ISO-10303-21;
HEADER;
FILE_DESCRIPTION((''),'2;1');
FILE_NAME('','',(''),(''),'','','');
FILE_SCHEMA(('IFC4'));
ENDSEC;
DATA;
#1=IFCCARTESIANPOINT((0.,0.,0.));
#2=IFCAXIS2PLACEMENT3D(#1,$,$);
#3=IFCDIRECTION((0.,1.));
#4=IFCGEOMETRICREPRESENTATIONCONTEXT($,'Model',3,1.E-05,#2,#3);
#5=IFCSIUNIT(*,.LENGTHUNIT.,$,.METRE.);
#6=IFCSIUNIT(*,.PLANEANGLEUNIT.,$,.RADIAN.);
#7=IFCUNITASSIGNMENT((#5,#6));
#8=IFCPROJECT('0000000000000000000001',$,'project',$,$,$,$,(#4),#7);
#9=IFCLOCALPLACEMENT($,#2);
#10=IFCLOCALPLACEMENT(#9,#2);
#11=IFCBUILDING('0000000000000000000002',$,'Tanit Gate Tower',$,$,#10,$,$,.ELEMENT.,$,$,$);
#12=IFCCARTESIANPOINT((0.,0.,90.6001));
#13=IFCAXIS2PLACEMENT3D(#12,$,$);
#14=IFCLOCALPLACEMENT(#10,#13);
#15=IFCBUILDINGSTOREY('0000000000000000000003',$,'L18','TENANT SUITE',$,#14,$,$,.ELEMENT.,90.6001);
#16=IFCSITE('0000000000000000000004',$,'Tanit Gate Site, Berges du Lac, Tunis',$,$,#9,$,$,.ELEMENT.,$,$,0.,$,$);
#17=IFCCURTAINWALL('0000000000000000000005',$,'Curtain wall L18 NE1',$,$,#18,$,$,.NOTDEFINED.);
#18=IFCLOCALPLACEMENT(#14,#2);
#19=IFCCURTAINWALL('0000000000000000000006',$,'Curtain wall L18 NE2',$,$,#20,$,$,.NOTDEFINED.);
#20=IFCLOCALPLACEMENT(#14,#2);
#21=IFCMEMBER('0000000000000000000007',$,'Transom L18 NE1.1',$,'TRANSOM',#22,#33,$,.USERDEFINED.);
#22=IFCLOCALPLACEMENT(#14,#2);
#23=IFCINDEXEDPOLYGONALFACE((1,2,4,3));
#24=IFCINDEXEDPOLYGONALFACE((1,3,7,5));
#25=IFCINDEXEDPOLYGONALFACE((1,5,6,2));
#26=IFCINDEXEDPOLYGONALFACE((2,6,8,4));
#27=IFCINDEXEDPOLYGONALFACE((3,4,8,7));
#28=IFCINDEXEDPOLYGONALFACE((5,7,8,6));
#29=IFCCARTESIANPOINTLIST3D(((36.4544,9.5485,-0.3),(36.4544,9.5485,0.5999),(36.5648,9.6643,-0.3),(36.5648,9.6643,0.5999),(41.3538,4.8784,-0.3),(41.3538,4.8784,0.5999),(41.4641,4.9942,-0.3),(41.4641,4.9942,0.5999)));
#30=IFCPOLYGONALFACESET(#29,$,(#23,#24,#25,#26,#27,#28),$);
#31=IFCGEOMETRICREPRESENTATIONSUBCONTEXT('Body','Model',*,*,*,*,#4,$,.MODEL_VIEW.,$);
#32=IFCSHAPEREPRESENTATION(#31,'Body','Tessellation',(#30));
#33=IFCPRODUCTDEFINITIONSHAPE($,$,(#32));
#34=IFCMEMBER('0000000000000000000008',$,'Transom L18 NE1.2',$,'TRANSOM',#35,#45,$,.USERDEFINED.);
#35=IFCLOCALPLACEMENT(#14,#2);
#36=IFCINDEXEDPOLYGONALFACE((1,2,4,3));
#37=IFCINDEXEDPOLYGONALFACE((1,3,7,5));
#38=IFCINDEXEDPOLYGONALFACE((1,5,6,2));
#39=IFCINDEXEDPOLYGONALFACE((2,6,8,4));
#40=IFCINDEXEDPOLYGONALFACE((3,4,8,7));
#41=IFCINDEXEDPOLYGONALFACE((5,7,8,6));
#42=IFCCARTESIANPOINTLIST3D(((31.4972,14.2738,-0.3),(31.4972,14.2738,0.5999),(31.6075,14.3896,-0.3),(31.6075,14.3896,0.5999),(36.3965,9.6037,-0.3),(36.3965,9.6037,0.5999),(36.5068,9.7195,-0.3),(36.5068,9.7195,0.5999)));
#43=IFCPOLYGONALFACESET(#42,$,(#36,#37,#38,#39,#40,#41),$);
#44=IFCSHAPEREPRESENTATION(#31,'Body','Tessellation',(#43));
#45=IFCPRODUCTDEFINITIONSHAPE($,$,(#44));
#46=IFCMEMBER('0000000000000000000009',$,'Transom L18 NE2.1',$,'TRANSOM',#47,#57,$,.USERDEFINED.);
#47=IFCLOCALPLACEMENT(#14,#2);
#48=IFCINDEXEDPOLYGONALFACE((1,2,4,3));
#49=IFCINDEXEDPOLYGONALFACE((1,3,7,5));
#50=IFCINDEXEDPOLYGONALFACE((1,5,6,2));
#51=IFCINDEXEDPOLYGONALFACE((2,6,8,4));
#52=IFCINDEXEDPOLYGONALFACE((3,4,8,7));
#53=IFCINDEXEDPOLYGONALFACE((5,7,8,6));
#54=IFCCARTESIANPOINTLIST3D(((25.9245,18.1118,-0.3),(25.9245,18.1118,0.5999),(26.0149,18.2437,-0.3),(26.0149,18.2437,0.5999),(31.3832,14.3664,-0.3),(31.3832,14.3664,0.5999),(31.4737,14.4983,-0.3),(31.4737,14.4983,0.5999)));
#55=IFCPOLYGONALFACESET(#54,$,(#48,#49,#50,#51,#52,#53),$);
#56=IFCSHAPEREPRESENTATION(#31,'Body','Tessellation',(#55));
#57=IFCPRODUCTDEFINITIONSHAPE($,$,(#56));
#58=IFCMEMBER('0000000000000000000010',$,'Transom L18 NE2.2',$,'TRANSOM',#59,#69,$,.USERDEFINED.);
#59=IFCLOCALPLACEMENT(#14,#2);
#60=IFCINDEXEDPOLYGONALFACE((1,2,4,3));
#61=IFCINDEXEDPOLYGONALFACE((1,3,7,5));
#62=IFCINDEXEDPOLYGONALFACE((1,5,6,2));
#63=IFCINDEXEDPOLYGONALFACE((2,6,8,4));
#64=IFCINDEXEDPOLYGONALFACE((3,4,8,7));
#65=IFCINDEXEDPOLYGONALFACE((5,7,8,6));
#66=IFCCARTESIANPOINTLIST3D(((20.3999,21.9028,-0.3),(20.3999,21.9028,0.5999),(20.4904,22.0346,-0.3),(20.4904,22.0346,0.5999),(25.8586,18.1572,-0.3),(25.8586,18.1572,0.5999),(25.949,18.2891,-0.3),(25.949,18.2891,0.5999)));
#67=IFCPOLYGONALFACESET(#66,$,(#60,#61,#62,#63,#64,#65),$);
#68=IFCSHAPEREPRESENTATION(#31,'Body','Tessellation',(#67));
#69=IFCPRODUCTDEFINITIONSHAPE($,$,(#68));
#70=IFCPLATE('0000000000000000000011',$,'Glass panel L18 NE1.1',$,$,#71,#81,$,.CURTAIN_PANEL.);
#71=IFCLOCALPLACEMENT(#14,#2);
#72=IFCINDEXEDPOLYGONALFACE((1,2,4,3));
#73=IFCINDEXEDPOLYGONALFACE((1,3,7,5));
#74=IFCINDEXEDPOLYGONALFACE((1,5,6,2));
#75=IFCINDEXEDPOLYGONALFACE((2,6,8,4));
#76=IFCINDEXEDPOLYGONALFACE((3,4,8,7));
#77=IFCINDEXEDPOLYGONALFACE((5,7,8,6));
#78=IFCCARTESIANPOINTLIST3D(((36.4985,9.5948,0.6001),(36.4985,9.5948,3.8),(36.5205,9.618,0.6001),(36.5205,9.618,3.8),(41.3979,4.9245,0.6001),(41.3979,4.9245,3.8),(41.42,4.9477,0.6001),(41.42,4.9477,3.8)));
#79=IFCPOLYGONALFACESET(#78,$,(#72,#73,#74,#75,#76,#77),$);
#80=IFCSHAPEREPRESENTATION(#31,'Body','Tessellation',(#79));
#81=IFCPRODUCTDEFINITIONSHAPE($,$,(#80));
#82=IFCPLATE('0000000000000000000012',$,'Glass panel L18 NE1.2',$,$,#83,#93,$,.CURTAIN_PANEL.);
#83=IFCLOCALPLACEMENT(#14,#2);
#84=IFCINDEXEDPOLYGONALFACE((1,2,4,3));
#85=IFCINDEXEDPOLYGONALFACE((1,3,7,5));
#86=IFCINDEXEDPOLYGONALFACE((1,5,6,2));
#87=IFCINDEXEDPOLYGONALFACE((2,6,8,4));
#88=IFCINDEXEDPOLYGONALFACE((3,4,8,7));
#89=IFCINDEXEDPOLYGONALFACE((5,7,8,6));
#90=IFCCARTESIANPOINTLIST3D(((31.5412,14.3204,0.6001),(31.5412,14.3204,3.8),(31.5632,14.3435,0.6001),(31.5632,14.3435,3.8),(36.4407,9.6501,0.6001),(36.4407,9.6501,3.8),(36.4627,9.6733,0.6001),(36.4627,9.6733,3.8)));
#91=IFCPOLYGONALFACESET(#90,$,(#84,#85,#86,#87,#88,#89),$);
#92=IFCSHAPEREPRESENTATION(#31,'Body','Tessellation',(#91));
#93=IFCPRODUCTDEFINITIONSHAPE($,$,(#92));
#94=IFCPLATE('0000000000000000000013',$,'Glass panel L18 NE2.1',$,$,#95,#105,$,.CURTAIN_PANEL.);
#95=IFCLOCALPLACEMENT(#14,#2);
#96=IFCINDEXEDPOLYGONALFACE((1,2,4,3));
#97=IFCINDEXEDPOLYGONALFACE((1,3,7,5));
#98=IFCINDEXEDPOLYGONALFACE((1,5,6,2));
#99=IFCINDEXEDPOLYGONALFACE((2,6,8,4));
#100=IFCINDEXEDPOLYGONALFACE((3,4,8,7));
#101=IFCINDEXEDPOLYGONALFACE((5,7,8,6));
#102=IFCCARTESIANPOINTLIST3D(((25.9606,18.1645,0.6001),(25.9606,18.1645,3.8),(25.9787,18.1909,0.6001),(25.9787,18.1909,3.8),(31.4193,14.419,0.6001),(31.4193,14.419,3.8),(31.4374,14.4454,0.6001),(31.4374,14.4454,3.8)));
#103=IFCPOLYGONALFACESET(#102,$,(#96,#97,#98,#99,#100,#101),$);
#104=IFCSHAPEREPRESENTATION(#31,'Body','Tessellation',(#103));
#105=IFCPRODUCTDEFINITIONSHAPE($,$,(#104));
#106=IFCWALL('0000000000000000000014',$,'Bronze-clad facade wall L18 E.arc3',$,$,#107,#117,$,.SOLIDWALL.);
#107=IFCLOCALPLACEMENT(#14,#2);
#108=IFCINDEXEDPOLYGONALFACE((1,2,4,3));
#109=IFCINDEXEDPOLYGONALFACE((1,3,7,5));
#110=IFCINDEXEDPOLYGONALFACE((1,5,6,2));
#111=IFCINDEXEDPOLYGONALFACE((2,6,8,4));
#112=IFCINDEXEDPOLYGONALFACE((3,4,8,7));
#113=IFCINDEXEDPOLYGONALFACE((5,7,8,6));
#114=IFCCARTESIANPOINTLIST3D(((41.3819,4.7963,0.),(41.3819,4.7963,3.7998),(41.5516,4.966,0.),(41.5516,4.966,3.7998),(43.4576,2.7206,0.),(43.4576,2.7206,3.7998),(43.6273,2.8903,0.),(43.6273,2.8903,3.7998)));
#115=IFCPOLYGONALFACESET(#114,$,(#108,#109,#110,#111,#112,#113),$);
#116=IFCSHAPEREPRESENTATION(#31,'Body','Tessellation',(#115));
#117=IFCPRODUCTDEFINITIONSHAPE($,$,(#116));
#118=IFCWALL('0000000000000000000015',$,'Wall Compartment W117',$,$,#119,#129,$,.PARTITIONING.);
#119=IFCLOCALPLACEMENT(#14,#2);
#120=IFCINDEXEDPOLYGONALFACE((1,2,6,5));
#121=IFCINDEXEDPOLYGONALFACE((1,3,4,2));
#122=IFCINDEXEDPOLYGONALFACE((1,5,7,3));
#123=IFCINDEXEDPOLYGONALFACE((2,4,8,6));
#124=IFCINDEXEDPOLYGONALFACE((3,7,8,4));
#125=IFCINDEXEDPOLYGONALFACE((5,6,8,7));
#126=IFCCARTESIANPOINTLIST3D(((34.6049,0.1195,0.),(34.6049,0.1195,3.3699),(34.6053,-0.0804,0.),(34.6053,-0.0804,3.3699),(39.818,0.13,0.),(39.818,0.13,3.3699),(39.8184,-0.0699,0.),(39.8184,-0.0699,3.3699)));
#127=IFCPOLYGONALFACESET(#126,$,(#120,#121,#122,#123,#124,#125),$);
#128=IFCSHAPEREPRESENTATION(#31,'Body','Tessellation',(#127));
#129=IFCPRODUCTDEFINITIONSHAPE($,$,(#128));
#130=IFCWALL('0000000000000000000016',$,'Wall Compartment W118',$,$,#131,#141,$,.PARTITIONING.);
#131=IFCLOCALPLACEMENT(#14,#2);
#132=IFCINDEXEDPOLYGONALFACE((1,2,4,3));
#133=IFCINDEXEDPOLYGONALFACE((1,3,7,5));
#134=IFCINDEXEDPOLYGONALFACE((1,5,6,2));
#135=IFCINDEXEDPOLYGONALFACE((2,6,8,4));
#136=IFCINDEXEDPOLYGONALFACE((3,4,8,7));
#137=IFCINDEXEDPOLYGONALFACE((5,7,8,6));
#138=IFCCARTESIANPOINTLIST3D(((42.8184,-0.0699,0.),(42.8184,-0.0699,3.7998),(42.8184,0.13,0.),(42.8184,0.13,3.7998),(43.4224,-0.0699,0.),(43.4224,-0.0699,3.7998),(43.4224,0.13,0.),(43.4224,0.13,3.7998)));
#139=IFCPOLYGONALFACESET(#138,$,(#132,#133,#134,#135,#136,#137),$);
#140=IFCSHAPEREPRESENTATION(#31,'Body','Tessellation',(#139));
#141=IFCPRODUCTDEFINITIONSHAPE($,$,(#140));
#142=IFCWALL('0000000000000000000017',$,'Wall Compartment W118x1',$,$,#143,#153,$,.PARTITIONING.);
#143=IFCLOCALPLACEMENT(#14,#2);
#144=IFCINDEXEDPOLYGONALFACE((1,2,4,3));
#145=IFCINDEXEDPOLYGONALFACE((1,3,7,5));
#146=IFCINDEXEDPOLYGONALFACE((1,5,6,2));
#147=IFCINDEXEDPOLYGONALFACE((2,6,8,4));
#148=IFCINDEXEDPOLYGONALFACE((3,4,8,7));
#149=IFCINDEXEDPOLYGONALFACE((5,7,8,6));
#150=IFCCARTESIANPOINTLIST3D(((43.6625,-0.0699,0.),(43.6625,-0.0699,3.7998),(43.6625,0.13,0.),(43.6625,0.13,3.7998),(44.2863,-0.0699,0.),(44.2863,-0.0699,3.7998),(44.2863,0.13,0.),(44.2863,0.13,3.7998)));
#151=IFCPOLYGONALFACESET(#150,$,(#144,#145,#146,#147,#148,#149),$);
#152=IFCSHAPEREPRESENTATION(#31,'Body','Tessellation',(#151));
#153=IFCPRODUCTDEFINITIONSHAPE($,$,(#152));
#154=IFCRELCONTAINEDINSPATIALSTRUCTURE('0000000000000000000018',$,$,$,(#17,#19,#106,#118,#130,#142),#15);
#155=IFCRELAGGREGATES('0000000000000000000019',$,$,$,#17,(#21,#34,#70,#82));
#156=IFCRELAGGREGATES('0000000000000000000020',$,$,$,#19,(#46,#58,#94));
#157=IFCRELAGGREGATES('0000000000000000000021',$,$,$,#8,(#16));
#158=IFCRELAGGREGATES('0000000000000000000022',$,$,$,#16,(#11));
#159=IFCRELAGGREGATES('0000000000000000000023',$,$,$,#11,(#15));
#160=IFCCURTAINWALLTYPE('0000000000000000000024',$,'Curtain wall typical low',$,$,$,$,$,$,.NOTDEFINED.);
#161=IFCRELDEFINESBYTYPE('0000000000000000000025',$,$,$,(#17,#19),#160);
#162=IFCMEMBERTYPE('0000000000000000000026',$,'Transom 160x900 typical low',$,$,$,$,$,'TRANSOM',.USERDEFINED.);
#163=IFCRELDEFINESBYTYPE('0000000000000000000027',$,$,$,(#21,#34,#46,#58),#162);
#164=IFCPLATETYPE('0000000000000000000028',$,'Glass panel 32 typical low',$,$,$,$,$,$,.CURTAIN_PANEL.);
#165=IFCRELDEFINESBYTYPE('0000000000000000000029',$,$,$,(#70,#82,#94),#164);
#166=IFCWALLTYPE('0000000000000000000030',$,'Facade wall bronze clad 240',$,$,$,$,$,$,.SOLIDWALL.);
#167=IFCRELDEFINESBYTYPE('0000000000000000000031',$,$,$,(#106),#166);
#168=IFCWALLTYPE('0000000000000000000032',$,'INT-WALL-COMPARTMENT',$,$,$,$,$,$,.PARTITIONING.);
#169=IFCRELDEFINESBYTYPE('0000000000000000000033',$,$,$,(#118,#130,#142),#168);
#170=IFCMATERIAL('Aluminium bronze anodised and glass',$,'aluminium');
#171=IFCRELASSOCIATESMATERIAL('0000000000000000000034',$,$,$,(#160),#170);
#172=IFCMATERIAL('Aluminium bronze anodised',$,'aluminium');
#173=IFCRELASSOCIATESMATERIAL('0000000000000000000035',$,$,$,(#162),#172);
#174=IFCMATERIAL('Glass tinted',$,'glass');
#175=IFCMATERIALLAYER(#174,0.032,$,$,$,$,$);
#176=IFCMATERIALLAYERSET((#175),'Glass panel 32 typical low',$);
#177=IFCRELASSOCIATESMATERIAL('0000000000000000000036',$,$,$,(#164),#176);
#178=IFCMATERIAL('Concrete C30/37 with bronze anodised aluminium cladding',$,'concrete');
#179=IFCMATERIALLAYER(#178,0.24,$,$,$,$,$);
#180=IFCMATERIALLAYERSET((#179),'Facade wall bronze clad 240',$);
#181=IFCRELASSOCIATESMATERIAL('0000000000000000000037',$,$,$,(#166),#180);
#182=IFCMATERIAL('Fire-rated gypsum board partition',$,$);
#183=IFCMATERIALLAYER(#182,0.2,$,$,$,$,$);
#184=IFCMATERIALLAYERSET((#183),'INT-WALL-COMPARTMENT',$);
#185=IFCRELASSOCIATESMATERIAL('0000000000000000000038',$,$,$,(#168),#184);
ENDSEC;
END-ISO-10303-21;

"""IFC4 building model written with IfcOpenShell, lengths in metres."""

from ifc_helpers import new_model, si_unit, direction, frame, frame_2d, origin, origin_2d, place, context, subcontext, project, spatial, rectangle, extrude, material, layer, layer_set, material_profile, profile_set, type_object, element, aggregate, save


model = new_model("IFC4")

# Units and contexts
model_context = context("Model", 3, precision=1e-05, world=origin(), true_north=direction((0.0, 1.0)))
body_context = subcontext(model_context, "Body", "Model", "MODEL_VIEW")
ifc_project = project(units=[si_unit("LENGTHUNIT", "METRE"), si_unit("PLANEANGLEUNIT", "RADIAN")], contexts=[model_context])

# Site, building, storey
site_placement = place(None, origin())
site = spatial("IfcSite", under=ifc_project, at=site_placement, Name="Tanit Gate Site, Berges du Lac, Tunis", CompositionType="ELEMENT", RefElevation=0.0)
building_placement = place(site_placement, origin())
building = spatial("IfcBuilding", under=site, at=building_placement, Name="Tanit Gate Tower", CompositionType="ELEMENT")
storey_placement = place(building_placement, frame((0.0, 0.0, 90.6001)))
storey = spatial("IfcBuildingStorey", under=building, at=storey_placement, Name="L18", Description="TENANT SUITE", CompositionType="ELEMENT", Elevation=90.6001)

# Curtain wall
ifc_material_1 = material(Name="Aluminium bronze anodised and glass", Category="aluminium")
curtain_wall_type = type_object("IfcCurtainWallType", Name="Curtain wall typical low", PredefinedType="NOTDEFINED", material=ifc_material_1)
curtain_wall_1_placement = place(storey_placement, origin())
curtain_wall_1 = element("IfcCurtainWall", 1, at=curtain_wall_1_placement, inside=storey, type_object=curtain_wall_type, Name="Curtain wall L18 NE1", PredefinedType="NOTDEFINED")

# Curtain wall
curtain_wall_2_placement = place(storey_placement, origin())
curtain_wall_2 = element("IfcCurtainWall", 2, at=curtain_wall_2_placement, inside=storey, type_object=curtain_wall_type, Name="Curtain wall L18 NE2", PredefinedType="NOTDEFINED")

# Members
ifc_material_2 = material(Name="Aluminium bronze anodised", Category="aluminium")
ifc_material_profile_1 = material_profile(ifc_material_2, rectangle(XDim=0.1599, YDim=0.8999, at=origin_2d()), Name="160x900 bronze transom")
ifc_profile_set_1 = profile_set([ifc_material_profile_1], Name="Aluminium bronze anodised")
member_type_1 = type_object("IfcMemberType", Name="Transom 160x900 typical low", ElementType="TRANSOM", PredefinedType="USERDEFINED", material=ifc_profile_set_1)
member_1_placement = place(storey_placement, frame((41.4089, 4.9363, 0.1499), z_axis=(-0.723839, 0.689969, 0.0), x_axis=(-0.689969, -0.723839, 0.0)))
member_1 = element("IfcMember", 3, at=member_1_placement, type_object=member_type_1, Name="Transom L18 NE1.1", ObjectType="TRANSOM", PredefinedType="USERDEFINED", context=body_context, shape_type="SweptSolid", body=[
    extrude(rectangle(XDim=0.1599, YDim=0.8999, at=origin_2d()), origin(), (0.0, 0.0, 1.0), 6.7686),
])
member_2_placement = place(storey_placement, frame((36.4517, 9.6616, 0.1499), z_axis=(-0.723839, 0.689969, 0.0), x_axis=(-0.689969, -0.723839, 0.0)))
member_2 = element("IfcMember", 4, at=member_2_placement, type_object=member_type_1, Name="Transom L18 NE1.2", ObjectType="TRANSOM", PredefinedType="USERDEFINED", context=body_context, shape_type="SweptSolid", body=[
    extrude(rectangle(XDim=0.1599, YDim=0.8999, at=origin_2d()), origin(), (0.0, 0.0, 1.0), 6.7686),
])
member_3_placement = place(storey_placement, frame((31.4285, 14.4324, 0.1499), z_axis=(-0.824572, 0.565757, 0.0), x_axis=(-0.565757, -0.824572, 0.0)))
member_3 = element("IfcMember", 5, at=member_3_placement, type_object=member_type_1, Name="Transom L18 NE2.1", ObjectType="TRANSOM", PredefinedType="USERDEFINED", context=body_context, shape_type="SweptSolid", body=[
    extrude(rectangle(XDim=0.1599, YDim=0.8999, at=origin_2d()), origin(), (0.0, 0.0, 1.0), 6.6201),
])
member_4_placement = place(storey_placement, frame((25.9038, 18.2231, 0.1499), z_axis=(-0.824555, 0.565782, 0.0), x_axis=(-0.565782, -0.824555, 0.0)))
member_4 = element("IfcMember", 6, at=member_4_placement, type_object=member_type_1, Name="Transom L18 NE2.2", ObjectType="TRANSOM", PredefinedType="USERDEFINED", context=body_context, shape_type="SweptSolid", body=[
    extrude(rectangle(XDim=0.1599, YDim=0.8999, at=origin_2d()), origin(), (0.0, 0.0, 1.0), 6.6201),
])

# Plates
ifc_material_3 = material(Name="Glass tinted", Category="glass")
ifc_layer_1 = layer(ifc_material_3, 0.032)
ifc_layer_set_1 = layer_set([ifc_layer_1], Name="Glass panel 32 typical low")
plate_type = type_object("IfcPlateType", Name="Glass panel 32 typical low", PredefinedType="CURTAIN_PANEL", material=ifc_layer_set_1)
plate_1_placement = place(storey_placement, frame((38.9592, 7.2712, 0.6001), z_axis=(0.0, 0.0, 1.0), x_axis=(-0.723834, 0.689974, 0.0)))
plate_1 = element("IfcPlate", 7, at=plate_1_placement, type_object=plate_type, Name="Glass panel L18 NE1.1", PredefinedType="CURTAIN_PANEL", context=body_context, shape_type="SweptSolid", body=[
    extrude(rectangle(XDim=6.7688, YDim=0.032, at=origin_2d()), origin(), (0.0, 0.0, 1.0), 3.2),
])
plate_2_placement = place(storey_placement, frame((34.002, 11.9968, 0.6001), z_axis=(0.0, 0.0, 1.0), x_axis=(-0.723834, 0.689974, 0.0)))
plate_2 = element("IfcPlate", 8, at=plate_2_placement, type_object=plate_type, Name="Glass panel L18 NE1.2", PredefinedType="CURTAIN_PANEL", context=body_context, shape_type="SweptSolid", body=[
    extrude(rectangle(XDim=6.7688, YDim=0.032, at=origin_2d()), origin(), (0.0, 0.0, 1.0), 3.2),
])
aggregate(curtain_wall_1, [member_1, member_2, plate_1, plate_2])
plate_3_placement = place(storey_placement, frame((28.699, 16.3049, 0.6001), z_axis=(0.0, 0.0, 1.0), x_axis=(-0.824557, 0.56578, 0.0)))
plate_3 = element("IfcPlate", 9, at=plate_3_placement, type_object=plate_type, Name="Glass panel L18 NE2.1", PredefinedType="CURTAIN_PANEL", context=body_context, shape_type="SweptSolid", body=[
    extrude(rectangle(XDim=6.6201, YDim=0.032, at=origin_2d()), origin(), (0.0, 0.0, 1.0), 3.2),
])
aggregate(curtain_wall_2, [member_3, member_4, plate_3])

# Walls
ifc_material_4 = material(Name="Concrete C30/37 with bronze anodised aluminium cladding", Category="concrete")
ifc_layer_2 = layer(ifc_material_4, 0.24)
ifc_layer_set_2 = layer_set([ifc_layer_2], Name="Facade wall bronze clad 240")
wall_type_1 = type_object("IfcWallType", Name="Facade wall bronze clad 240", PredefinedType="SOLIDWALL", material=ifc_layer_set_2)
wall_1_placement = place(storey_placement, frame((43.5425, 2.8054, 0.0), z_axis=(0.0, 0.0, 1.0), x_axis=(-0.707107, 0.707107, 0.0)))
element("IfcWall", 10, at=wall_1_placement, inside=storey, type_object=wall_type_1, Name="Bronze-clad facade wall L18 E.arc3", PredefinedType="SOLIDWALL", context=body_context, shape_type="SweptSolid", body=[
    extrude(rectangle(XDim=2.9355, YDim=0.24, at=frame_2d((1.4678, 0.0))), origin(), (0.0, 0.0, 1.0), 3.7998),
])
ifc_material_5 = material(Name="Fire-rated gypsum board partition")
ifc_layer_3 = layer(ifc_material_5, 0.2)
ifc_layer_set_3 = layer_set([ifc_layer_3], Name="INT-WALL-COMPARTMENT")
wall_type_2 = type_object("IfcWallType", Name="INT-WALL-COMPARTMENT", PredefinedType="PARTITIONING", material=ifc_layer_set_3)
wall_2_placement = place(storey_placement, frame((34.6052, 0.0195, 0.0), z_axis=(0.0, 0.0, 1.0), x_axis=(0.999998, 0.002014, 0.0)))
element("IfcWall", 11, at=wall_2_placement, inside=storey, type_object=wall_type_2, Name="Wall Compartment W117", PredefinedType="PARTITIONING", context=body_context, shape_type="SweptSolid", body=[
    extrude(rectangle(XDim=5.2131, YDim=0.2, at=frame_2d((2.6064, 0.0))), origin(), (0.0, 0.0, 1.0), 3.3699),
])
wall_3_placement = place(storey_placement, frame((42.8184, 0.03, 0.0), z_axis=(0.0, 0.0, 1.0), x_axis=(1.0, 0.0, 0.0)))
element("IfcWall", 12, at=wall_3_placement, inside=storey, type_object=wall_type_2, Name="Wall Compartment W118", PredefinedType="PARTITIONING", context=body_context, shape_type="SweptSolid", body=[
    extrude(rectangle(XDim=0.604, YDim=0.2, at=frame_2d((0.302, 0.0))), origin(), (0.0, 0.0, 1.0), 3.7998),
])
wall_4_placement = place(storey_placement, frame((43.6624, 0.03, 0.0), z_axis=(0.0, 0.0, 1.0), x_axis=(1.0, 0.0, 0.0)))
element("IfcWall", 13, at=wall_4_placement, inside=storey, type_object=wall_type_2, Name="Wall Compartment W118x1", PredefinedType="PARTITIONING", context=body_context, shape_type="SweptSolid", body=[
    extrude(rectangle(XDim=0.6238, YDim=0.2, at=frame_2d((0.312, 0.0))), origin(), (0.0, 0.0, 1.0), 3.7998),
])

save(model, "model.ifc")
